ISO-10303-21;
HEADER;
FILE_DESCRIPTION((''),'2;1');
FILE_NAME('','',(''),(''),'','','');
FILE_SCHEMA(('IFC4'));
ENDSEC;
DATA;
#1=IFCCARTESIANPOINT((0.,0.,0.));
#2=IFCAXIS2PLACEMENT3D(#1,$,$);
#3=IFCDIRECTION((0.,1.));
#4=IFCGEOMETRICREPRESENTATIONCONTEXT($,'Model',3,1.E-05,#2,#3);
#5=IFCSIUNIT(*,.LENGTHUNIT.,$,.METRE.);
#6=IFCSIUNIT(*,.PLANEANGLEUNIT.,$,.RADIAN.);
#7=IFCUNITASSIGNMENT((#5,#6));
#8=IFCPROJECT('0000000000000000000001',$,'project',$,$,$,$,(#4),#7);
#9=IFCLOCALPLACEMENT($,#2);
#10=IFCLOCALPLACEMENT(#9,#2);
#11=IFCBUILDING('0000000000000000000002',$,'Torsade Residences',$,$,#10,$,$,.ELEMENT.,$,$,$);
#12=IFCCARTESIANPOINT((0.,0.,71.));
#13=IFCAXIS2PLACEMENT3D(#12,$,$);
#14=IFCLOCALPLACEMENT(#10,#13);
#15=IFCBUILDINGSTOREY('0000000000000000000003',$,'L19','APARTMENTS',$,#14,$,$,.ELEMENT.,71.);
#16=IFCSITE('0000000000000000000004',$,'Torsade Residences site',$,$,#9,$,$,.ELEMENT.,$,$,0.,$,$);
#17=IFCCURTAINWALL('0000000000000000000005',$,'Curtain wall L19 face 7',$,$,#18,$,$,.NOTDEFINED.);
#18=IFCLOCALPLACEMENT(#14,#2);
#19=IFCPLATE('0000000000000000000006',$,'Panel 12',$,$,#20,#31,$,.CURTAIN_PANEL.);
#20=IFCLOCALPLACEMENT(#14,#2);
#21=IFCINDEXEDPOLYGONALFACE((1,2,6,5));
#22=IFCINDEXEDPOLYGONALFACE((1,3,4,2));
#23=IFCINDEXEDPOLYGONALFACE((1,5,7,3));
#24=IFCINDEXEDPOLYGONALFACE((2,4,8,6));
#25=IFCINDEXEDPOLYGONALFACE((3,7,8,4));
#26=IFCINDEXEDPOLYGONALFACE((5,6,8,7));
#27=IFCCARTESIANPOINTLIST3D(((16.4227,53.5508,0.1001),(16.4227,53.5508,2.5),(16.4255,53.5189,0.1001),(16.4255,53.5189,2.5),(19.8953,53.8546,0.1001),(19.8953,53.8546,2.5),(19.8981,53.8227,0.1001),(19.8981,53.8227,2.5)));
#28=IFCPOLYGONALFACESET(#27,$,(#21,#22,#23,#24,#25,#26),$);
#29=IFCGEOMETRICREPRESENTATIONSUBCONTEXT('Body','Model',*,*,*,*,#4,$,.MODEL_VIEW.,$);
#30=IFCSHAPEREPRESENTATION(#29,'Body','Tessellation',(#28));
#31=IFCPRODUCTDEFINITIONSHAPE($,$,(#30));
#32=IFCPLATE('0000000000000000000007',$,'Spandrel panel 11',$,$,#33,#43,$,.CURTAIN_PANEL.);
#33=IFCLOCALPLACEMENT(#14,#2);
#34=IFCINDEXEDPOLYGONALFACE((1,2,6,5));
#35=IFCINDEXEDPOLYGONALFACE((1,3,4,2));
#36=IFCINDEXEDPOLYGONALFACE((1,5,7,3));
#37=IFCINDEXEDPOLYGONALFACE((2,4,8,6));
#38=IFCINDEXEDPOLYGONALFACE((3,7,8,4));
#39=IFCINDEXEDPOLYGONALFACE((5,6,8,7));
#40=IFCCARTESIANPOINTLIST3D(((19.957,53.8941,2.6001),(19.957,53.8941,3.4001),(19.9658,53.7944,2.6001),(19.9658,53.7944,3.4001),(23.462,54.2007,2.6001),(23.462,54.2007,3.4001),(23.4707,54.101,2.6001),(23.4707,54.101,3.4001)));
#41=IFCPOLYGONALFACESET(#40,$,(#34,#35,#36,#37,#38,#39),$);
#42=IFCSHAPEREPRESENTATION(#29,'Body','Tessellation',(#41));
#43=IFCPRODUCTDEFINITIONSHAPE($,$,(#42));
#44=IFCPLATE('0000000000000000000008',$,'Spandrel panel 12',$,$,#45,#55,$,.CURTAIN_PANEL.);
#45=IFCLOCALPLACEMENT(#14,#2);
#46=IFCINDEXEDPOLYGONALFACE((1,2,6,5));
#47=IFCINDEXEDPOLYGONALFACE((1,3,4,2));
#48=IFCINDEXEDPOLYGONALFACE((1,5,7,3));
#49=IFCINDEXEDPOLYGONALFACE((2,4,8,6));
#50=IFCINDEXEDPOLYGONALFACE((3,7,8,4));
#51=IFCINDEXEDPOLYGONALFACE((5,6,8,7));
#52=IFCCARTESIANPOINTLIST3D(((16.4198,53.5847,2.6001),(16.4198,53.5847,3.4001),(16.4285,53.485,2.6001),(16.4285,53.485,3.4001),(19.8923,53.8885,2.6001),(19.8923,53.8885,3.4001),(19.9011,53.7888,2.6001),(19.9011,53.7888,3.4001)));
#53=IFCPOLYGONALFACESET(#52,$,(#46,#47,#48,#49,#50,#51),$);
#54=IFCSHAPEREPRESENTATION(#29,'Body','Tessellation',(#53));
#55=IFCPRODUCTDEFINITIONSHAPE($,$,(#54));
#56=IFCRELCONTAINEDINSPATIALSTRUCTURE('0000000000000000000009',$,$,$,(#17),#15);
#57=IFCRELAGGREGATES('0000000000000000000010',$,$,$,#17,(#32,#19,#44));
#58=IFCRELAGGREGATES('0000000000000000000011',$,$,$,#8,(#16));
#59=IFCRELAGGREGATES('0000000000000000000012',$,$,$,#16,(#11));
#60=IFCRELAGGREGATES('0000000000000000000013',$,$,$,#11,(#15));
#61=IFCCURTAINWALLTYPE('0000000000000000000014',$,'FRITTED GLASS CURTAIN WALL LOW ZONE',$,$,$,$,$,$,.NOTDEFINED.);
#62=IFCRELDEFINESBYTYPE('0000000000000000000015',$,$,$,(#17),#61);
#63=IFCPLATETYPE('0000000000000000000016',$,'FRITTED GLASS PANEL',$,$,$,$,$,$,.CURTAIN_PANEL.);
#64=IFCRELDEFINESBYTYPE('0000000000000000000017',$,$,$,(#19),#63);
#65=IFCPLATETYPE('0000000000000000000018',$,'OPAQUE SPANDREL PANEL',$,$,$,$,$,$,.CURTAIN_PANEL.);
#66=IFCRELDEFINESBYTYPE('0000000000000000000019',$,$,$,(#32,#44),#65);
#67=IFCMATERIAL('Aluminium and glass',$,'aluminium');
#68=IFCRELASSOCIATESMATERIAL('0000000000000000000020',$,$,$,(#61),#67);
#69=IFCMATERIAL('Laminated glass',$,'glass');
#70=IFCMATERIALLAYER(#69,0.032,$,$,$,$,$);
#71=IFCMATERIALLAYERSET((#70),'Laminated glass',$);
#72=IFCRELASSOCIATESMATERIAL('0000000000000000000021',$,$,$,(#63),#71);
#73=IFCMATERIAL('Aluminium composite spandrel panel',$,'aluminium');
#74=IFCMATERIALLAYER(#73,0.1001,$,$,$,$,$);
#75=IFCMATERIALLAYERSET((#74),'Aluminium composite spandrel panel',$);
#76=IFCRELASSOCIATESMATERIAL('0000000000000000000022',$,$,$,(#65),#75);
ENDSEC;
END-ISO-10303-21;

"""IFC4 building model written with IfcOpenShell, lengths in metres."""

from ifc_helpers import new_model, si_unit, direction, frame, origin, origin_2d, place, context, subcontext, project, spatial, rectangle, extrude, material, layer, layer_set, type_object, element, aggregate, save


model = new_model("IFC4")

# Units and contexts
model_context = context("Model", 3, precision=1e-05, world=origin(), true_north=direction((0.0, 1.0)))
body_context = subcontext(model_context, "Body", "Model", "MODEL_VIEW")
ifc_project = project(units=[si_unit("LENGTHUNIT", "METRE"), si_unit("PLANEANGLEUNIT", "RADIAN")], contexts=[model_context])

# Site, building, storey
site_placement = place(None, origin())
site = spatial("IfcSite", under=ifc_project, at=site_placement, Name="Torsade Residences site", CompositionType="ELEMENT", RefElevation=0.0)
building_placement = place(site_placement, origin())
building = spatial("IfcBuilding", under=site, at=building_placement, Name="Torsade Residences", CompositionType="ELEMENT")
storey_placement = place(building_placement, frame((0.0, 0.0, 71.0)))
storey = spatial("IfcBuildingStorey", under=building, at=storey_placement, Name="L19", Description="APARTMENTS", CompositionType="ELEMENT", Elevation=71.0)

# Curtain wall
ifc_material_1 = material(Name="Aluminium and glass", Category="aluminium")
curtain_wall_type = type_object("IfcCurtainWallType", Name="FRITTED GLASS CURTAIN WALL LOW ZONE", PredefinedType="NOTDEFINED", material=ifc_material_1)
curtain_wall_placement = place(storey_placement, origin())
curtain_wall = element("IfcCurtainWall", 1, at=curtain_wall_placement, inside=storey, type_object=curtain_wall_type, Name="Curtain wall L19 face 7", PredefinedType="NOTDEFINED")

# Plates
ifc_material_2 = material(Name="Laminated glass", Category="glass")
ifc_layer_1 = layer(ifc_material_2, 0.032)
ifc_layer_set_1 = layer_set([ifc_layer_1], Name="Laminated glass")
plate_type_1 = type_object("IfcPlateType", Name="FRITTED GLASS PANEL", PredefinedType="CURTAIN_PANEL", material=ifc_layer_set_1)
plate_1_placement = place(storey_placement, frame((18.1604, 53.6868, 0.1001), z_axis=(0.0, 0.0, 1.0), x_axis=(-0.996195, -0.087156, 0.0)))
plate_1 = element("IfcPlate", 2, at=plate_1_placement, type_object=plate_type_1, Name="Panel 12", PredefinedType="CURTAIN_PANEL", context=body_context, shape_type="SweptSolid", body=[
    extrude(rectangle(XDim=3.4858, YDim=0.032, at=origin_2d()), origin(), (0.0, 0.0, 1.0), 2.3999),
])
ifc_material_3 = material(Name="Aluminium composite spandrel panel", Category="aluminium")
ifc_layer_2 = layer(ifc_material_3, 0.1001)
ifc_layer_set_2 = layer_set([ifc_layer_2], Name="Aluminium composite spandrel panel")
plate_type_2 = type_object("IfcPlateType", Name="OPAQUE SPANDREL PANEL", PredefinedType="CURTAIN_PANEL", material=ifc_layer_set_2)
plate_2_placement = place(storey_placement, frame((21.7139, 53.9976, 2.6001), z_axis=(0.0, 0.0, 1.0), x_axis=(-0.996195, -0.087156, 0.0)))
plate_2 = element("IfcPlate", 3, at=plate_2_placement, type_object=plate_type_2, Name="Spandrel panel 11", PredefinedType="CURTAIN_PANEL", context=body_context, shape_type="SweptSolid", body=[
    extrude(rectangle(XDim=3.5183, YDim=0.1001, at=origin_2d()), origin(), (0.0, 0.0, 1.0), 0.8),
])
plate_3_placement = place(storey_placement, frame((18.1604, 53.6868, 2.6001), z_axis=(0.0, 0.0, 1.0), x_axis=(-0.996195, -0.087156, 0.0)))
plate_3 = element("IfcPlate", 4, at=plate_3_placement, type_object=plate_type_2, Name="Spandrel panel 12", PredefinedType="CURTAIN_PANEL", context=body_context, shape_type="SweptSolid", body=[
    extrude(rectangle(XDim=3.4858, YDim=0.1001, at=origin_2d()), origin(), (0.0, 0.0, 1.0), 0.8),
])
aggregate(curtain_wall, [plate_2, plate_1, plate_3])

save(model, "model.ifc")
